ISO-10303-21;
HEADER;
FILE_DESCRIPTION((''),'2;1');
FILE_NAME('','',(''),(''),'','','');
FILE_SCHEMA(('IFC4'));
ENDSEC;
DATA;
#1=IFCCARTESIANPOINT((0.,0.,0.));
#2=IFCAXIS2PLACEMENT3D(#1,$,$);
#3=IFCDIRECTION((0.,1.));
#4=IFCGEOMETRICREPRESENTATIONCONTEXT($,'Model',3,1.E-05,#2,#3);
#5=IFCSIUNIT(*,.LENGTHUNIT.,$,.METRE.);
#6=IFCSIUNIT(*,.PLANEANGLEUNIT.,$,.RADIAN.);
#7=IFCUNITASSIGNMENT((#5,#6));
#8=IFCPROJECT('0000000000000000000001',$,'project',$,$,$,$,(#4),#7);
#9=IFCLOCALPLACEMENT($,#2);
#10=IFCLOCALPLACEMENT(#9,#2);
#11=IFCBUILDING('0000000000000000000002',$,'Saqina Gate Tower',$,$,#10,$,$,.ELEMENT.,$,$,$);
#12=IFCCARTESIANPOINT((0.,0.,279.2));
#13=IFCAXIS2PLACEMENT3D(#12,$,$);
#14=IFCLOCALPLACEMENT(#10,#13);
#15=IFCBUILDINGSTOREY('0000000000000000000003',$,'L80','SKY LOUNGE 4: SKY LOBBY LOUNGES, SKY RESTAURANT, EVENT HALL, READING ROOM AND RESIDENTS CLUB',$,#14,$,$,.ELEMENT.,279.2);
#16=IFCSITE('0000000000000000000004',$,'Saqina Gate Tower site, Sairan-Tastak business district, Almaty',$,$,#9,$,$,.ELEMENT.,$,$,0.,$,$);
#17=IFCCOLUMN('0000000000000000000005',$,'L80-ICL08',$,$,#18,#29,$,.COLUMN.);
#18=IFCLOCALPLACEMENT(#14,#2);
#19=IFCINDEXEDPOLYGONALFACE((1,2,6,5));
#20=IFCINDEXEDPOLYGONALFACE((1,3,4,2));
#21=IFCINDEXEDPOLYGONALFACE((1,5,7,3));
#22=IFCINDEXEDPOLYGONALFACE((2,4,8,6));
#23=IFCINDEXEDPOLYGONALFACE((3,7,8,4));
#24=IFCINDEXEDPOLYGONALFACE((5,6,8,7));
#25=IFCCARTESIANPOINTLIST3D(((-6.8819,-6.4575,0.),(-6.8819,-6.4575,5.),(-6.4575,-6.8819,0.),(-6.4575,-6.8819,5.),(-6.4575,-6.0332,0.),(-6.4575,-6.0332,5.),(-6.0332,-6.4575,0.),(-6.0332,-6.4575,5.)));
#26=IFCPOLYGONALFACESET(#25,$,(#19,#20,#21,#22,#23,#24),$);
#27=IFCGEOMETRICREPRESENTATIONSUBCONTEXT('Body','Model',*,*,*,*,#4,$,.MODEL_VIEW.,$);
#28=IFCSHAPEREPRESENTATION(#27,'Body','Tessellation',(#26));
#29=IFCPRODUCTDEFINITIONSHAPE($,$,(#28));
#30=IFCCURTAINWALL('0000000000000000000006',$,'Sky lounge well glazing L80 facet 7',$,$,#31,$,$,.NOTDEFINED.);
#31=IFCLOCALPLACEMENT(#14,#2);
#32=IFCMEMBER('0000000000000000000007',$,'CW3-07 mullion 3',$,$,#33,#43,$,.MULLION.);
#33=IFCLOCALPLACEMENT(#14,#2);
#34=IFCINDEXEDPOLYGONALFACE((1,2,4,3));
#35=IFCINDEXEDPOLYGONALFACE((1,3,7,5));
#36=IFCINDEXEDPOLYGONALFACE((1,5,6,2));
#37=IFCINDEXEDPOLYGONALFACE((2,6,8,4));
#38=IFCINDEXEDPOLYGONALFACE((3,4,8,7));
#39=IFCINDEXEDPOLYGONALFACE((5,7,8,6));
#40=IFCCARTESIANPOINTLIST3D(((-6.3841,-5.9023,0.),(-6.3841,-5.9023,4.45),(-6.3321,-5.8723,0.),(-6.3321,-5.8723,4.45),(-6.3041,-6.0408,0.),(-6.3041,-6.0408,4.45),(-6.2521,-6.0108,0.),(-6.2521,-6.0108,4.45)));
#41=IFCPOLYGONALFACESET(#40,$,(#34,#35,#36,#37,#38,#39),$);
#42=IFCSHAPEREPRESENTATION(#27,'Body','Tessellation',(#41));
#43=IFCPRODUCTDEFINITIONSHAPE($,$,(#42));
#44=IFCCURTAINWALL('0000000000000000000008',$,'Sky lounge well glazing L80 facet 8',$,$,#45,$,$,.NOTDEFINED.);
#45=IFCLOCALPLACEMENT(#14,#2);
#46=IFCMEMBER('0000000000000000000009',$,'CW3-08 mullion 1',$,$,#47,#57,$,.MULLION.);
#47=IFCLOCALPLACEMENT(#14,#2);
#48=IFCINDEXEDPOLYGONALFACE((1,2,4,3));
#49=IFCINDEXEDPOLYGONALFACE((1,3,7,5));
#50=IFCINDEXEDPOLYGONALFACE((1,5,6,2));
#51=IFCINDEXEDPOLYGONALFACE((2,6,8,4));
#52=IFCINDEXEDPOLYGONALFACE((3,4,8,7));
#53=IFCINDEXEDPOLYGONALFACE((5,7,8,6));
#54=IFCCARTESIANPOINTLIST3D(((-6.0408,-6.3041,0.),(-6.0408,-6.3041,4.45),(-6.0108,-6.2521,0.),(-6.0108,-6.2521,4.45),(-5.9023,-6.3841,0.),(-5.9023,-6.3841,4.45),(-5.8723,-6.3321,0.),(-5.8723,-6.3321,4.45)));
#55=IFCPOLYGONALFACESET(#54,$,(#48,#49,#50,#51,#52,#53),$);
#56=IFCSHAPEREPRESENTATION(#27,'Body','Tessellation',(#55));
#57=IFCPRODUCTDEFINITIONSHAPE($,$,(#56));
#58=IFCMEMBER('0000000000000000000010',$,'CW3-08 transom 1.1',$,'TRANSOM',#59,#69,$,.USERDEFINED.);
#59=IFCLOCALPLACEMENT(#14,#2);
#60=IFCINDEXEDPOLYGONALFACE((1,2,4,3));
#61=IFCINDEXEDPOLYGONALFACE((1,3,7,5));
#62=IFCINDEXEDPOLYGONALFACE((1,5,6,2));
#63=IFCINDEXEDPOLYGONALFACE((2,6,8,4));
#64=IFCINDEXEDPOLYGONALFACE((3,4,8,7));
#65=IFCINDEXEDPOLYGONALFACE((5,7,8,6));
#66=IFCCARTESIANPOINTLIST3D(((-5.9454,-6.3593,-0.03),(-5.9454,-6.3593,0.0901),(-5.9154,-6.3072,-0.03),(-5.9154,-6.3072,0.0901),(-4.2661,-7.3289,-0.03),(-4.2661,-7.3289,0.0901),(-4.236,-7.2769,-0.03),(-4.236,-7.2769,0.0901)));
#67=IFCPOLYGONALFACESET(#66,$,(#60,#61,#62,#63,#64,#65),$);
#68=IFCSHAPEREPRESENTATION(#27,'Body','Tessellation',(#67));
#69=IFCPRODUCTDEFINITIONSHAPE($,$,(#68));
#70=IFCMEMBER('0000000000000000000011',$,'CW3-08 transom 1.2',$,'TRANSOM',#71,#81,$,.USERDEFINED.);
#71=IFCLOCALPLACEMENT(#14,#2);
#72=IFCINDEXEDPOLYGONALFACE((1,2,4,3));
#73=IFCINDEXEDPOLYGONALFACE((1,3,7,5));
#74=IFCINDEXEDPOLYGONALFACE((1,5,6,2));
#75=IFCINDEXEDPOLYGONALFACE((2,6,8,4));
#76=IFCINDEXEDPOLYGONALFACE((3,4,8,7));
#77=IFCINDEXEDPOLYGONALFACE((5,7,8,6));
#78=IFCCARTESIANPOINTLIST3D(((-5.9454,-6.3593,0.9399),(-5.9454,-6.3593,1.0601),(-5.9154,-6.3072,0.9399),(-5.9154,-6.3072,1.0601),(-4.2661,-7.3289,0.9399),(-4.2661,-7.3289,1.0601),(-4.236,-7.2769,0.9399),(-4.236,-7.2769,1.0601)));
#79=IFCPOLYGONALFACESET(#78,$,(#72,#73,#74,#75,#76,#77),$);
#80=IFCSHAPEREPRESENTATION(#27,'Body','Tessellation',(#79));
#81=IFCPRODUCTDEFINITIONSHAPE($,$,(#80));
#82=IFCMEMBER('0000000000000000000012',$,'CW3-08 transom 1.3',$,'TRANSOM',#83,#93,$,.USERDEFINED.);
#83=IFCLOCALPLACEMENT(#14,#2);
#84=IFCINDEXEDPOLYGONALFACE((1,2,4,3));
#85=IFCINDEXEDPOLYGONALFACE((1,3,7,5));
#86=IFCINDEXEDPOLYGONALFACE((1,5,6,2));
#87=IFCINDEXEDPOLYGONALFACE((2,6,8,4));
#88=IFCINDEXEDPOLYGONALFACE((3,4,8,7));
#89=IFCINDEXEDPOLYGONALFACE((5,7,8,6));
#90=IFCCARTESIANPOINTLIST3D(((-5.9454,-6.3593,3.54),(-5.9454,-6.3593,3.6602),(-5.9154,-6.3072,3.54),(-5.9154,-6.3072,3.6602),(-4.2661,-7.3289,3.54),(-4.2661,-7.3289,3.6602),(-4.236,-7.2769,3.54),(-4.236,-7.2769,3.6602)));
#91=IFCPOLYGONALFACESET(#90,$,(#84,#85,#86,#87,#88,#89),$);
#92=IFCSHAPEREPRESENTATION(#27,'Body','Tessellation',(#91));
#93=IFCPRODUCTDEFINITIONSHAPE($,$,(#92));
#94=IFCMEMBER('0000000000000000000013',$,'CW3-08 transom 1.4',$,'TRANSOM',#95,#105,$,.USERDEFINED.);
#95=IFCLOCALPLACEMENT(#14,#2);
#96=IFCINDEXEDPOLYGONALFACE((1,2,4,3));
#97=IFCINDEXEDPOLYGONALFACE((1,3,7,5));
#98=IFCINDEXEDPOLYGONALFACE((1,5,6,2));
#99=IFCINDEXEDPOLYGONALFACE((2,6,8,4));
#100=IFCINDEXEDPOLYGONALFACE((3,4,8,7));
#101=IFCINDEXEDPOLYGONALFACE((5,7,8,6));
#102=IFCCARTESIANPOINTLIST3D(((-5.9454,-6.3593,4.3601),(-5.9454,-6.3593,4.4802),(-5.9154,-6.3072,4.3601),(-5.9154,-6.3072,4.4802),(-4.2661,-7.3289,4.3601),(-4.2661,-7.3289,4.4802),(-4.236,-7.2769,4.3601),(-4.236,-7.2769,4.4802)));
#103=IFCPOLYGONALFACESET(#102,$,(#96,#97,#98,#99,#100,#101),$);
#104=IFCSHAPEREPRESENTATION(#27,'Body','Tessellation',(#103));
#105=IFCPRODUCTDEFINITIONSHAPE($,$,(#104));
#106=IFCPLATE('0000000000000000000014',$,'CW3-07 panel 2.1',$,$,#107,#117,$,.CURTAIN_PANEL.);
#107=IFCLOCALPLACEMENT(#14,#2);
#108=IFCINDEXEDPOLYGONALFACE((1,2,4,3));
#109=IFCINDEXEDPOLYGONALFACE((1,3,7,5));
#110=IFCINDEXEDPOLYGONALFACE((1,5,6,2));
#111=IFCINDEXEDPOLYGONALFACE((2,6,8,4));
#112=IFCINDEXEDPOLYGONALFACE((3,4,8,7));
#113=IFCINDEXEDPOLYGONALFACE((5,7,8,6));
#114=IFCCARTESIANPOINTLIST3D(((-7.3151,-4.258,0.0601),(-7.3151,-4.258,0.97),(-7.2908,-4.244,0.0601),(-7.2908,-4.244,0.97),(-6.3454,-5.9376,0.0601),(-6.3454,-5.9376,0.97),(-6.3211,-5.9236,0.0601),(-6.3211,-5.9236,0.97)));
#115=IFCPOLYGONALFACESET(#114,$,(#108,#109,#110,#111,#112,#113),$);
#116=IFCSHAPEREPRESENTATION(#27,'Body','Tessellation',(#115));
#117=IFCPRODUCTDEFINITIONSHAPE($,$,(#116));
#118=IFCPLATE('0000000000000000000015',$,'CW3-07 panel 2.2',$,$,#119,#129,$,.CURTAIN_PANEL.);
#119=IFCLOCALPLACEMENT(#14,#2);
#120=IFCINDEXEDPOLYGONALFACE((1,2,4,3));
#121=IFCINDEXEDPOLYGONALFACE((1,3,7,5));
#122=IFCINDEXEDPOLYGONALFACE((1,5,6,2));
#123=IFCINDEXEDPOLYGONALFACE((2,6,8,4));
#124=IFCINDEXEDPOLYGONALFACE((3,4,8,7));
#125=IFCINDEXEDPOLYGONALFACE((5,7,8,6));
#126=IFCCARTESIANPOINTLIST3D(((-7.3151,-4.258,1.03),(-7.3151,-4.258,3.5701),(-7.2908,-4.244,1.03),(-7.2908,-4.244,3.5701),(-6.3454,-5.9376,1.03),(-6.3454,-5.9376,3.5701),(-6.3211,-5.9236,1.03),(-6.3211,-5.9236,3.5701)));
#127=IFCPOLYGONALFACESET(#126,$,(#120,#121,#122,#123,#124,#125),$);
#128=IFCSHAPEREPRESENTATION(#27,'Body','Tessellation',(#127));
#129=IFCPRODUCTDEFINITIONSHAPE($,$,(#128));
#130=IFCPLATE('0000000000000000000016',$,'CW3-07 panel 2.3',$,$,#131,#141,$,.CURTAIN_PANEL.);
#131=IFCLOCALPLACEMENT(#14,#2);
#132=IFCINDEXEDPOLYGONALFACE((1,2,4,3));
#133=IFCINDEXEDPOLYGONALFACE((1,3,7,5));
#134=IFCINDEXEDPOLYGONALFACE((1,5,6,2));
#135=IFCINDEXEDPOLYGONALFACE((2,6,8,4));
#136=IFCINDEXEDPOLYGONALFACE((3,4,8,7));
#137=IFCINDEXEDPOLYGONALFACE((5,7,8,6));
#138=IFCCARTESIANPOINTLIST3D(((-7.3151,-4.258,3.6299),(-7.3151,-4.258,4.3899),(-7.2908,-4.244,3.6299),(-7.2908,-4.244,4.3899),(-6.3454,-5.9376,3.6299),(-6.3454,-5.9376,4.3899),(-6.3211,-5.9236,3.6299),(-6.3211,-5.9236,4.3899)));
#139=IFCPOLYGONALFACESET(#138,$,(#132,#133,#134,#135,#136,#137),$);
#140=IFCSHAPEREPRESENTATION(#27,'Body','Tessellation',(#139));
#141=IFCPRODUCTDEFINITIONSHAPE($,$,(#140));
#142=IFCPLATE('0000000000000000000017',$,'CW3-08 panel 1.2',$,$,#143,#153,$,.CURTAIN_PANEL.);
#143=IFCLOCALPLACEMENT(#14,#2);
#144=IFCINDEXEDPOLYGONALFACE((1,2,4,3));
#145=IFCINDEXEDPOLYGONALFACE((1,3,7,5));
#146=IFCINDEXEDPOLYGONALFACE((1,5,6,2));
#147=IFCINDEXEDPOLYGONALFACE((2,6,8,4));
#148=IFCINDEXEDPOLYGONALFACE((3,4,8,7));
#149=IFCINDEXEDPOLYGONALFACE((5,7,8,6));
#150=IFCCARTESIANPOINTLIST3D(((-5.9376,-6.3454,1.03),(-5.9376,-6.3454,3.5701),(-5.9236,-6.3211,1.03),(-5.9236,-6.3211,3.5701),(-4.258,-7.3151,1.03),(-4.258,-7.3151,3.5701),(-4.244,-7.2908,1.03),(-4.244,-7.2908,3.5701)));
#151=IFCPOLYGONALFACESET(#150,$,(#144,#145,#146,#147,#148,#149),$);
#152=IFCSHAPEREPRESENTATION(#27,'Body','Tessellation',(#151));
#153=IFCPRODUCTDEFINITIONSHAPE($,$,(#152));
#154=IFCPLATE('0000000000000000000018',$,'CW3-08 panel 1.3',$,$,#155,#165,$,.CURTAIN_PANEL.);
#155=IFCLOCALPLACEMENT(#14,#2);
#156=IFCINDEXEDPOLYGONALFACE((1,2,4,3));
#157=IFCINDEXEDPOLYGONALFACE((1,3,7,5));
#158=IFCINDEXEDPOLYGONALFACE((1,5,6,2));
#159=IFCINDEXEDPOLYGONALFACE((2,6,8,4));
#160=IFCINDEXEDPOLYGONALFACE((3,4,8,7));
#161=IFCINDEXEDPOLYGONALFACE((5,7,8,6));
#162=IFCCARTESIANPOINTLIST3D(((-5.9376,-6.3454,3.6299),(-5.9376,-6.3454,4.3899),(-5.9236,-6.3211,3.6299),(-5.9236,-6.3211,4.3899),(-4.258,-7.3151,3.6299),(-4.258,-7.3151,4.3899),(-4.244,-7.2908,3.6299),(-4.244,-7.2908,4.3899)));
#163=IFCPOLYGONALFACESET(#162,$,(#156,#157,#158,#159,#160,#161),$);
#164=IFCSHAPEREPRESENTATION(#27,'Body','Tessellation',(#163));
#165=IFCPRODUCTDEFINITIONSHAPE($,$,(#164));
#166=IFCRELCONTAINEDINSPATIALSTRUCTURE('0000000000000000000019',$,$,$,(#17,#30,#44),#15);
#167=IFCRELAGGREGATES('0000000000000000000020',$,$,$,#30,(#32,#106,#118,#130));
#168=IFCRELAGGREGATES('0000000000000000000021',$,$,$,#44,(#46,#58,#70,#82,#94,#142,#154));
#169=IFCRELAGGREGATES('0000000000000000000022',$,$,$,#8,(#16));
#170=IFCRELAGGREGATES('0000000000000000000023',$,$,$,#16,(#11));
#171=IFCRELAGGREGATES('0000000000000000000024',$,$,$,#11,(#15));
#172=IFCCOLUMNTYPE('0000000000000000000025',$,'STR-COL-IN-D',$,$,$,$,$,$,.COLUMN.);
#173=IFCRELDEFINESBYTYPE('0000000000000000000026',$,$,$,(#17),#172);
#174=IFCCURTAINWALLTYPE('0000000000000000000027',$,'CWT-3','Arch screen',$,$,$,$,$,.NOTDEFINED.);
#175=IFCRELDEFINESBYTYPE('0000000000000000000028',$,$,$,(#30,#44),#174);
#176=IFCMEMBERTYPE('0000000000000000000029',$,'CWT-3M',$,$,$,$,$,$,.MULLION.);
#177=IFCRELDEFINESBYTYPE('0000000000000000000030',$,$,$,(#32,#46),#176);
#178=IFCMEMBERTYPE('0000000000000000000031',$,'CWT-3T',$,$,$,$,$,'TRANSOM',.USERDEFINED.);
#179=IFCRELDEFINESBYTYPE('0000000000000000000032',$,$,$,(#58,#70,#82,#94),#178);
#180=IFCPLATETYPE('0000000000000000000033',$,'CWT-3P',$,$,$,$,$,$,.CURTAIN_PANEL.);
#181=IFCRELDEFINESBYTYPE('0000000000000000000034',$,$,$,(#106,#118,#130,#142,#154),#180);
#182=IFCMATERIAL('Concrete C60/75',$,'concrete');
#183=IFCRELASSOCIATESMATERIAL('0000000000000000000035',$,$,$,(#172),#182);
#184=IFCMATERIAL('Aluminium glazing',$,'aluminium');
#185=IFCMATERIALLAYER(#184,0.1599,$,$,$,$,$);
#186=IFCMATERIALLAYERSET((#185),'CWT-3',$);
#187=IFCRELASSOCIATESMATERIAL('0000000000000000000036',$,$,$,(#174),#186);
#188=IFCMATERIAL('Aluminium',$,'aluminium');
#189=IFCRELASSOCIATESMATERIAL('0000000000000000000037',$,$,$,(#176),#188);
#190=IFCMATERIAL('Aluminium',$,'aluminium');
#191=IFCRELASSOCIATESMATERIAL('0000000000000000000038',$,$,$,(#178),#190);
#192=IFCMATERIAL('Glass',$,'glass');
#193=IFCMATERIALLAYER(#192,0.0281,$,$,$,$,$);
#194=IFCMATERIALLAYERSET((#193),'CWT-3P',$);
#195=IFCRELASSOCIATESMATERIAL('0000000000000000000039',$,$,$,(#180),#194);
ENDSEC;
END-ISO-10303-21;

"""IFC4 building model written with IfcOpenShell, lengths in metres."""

from ifc_helpers import new_model, si_unit, direction, frame, origin, origin_2d, place, context, subcontext, project, spatial, rectangle, extrude, material, layer, layer_set, material_profile, profile_set, type_object, element, aggregate, save


model = new_model("IFC4")

# Units and contexts
model_context = context("Model", 3, precision=1e-05, world=origin(), true_north=direction((0.0, 1.0)))
body_context = subcontext(model_context, "Body", "Model", "MODEL_VIEW")
ifc_project = project(units=[si_unit("LENGTHUNIT", "METRE"), si_unit("PLANEANGLEUNIT", "RADIAN")], contexts=[model_context])

# Site, building, storey
site_placement = place(None, origin())
site = spatial("IfcSite", under=ifc_project, at=site_placement, Name="Saqina Gate Tower site, Sairan-Tastak business district, Almaty", CompositionType="ELEMENT", RefElevation=0.0)
building_placement = place(site_placement, origin())
building = spatial("IfcBuilding", under=site, at=building_placement, Name="Saqina Gate Tower", CompositionType="ELEMENT")
storey_placement = place(building_placement, frame((0.0, 0.0, 279.2)))
storey = spatial("IfcBuildingStorey", under=building, at=storey_placement, Name="L80", Description="SKY LOUNGE 4: SKY LOBBY LOUNGES, SKY RESTAURANT, EVENT HALL, READING ROOM AND RESIDENTS CLUB", CompositionType="ELEMENT", Elevation=279.2)

# Column
ifc_material_1 = material(Name="Concrete C60/75", Category="concrete")
ifc_material_profile_1 = material_profile(ifc_material_1, rectangle(XDim=0.6001, YDim=0.6001, at=origin_2d()), Name="RC 600x600")
ifc_profile_set_1 = profile_set([ifc_material_profile_1], Name="Concrete C60/75")
column_type = type_object("IfcColumnType", Name="STR-COL-IN-D", PredefinedType="COLUMN", material=ifc_profile_set_1)
column_placement = place(storey_placement, frame((-6.4575, -6.4575, 0.0), z_axis=(0.0, 0.0, 1.0), x_axis=(-0.707107, -0.707107, 0.0)))
element("IfcColumn", 1, at=column_placement, inside=storey, type_object=column_type, Name="L80-ICL08", PredefinedType="COLUMN", context=body_context, shape_type="SweptSolid", body=[
    extrude(rectangle(XDim=0.6001, YDim=0.6001, at=origin_2d()), origin(), (0.0, 0.0, 1.0), 5.0),
])

# Curtain wall, member
ifc_material_2 = material(Name="Aluminium glazing", Category="aluminium")
ifc_layer_1 = layer(ifc_material_2, 0.1599)
ifc_layer_set_1 = layer_set([ifc_layer_1], Name="CWT-3")
curtain_wall_type = type_object("IfcCurtainWallType", Name="CWT-3", Description="Arch screen", PredefinedType="NOTDEFINED", material=ifc_layer_set_1)
curtain_wall_1_placement = place(storey_placement, origin())
curtain_wall_1 = element("IfcCurtainWall", 2, at=curtain_wall_1_placement, inside=storey, type_object=curtain_wall_type, Name="Sky lounge well glazing L80 facet 7", PredefinedType="NOTDEFINED")
ifc_material_3 = material(Name="Aluminium", Category="aluminium")
ifc_material_profile_2 = material_profile(ifc_material_3, rectangle(XDim=0.0601, YDim=0.1599, at=origin_2d()), Name="Aluminium 60x160")
ifc_profile_set_2 = profile_set([ifc_material_profile_2], Name="Aluminium")
member_type_1 = type_object("IfcMemberType", Name="CWT-3M", PredefinedType="MULLION", material=ifc_profile_set_2)
member_1_placement = place(storey_placement, frame((-6.3181, -5.9565, 0.0), z_axis=(0.0, 0.0, 1.0), x_axis=(0.866024, 0.500003, 0.0)))
member_1 = element("IfcMember", 3, at=member_1_placement, type_object=member_type_1, Name="CW3-07 mullion 3", PredefinedType="MULLION", context=body_context, shape_type="SweptSolid", body=[
    extrude(rectangle(XDim=0.0601, YDim=0.1599, at=origin_2d()), origin(), (0.0, 0.0, 1.0), 4.45),
])

# Curtain wall, members
curtain_wall_2_placement = place(storey_placement, origin())
curtain_wall_2 = element("IfcCurtainWall", 4, at=curtain_wall_2_placement, inside=storey, type_object=curtain_wall_type, Name="Sky lounge well glazing L80 facet 8", PredefinedType="NOTDEFINED")
member_2_placement = place(storey_placement, frame((-5.9565, -6.3181, 0.0), z_axis=(0.0, 0.0, 1.0), x_axis=(0.500003, 0.866024, 0.0)))
member_2 = element("IfcMember", 5, at=member_2_placement, type_object=member_type_1, Name="CW3-08 mullion 1", PredefinedType="MULLION", context=body_context, shape_type="SweptSolid", body=[
    extrude(rectangle(XDim=0.0601, YDim=0.1599, at=origin_2d()), origin(), (0.0, 0.0, 1.0), 4.45),
])
ifc_material_4 = material(Name="Aluminium", Category="aluminium")
ifc_material_profile_3 = material_profile(ifc_material_4, rectangle(XDim=0.0601, YDim=0.1201, at=origin_2d()), Name="Aluminium 60x120")
ifc_profile_set_3 = profile_set([ifc_material_profile_3], Name="Aluminium")
member_type_2 = type_object("IfcMemberType", Name="CWT-3T", ElementType="TRANSOM", PredefinedType="USERDEFINED", material=ifc_profile_set_3)
member_3_placement = place(storey_placement, frame((-5.9304, -6.3333, 0.03), z_axis=(0.866003, -0.500038, 0.0), x_axis=(0.500038, 0.866003, 0.0)))
member_3 = element("IfcMember", 6, at=member_3_placement, type_object=member_type_2, Name="CW3-08 transom 1.1", ObjectType="TRANSOM", PredefinedType="USERDEFINED", context=body_context, shape_type="SweptSolid", body=[
    extrude(rectangle(XDim=0.0601, YDim=0.1201, at=origin_2d()), origin(), (0.0, 0.0, 1.0), 1.9392),
])
member_4_placement = place(storey_placement, frame((-5.9304, -6.3333, 1.0), z_axis=(0.866003, -0.500038, 0.0), x_axis=(0.500038, 0.866003, 0.0)))
member_4 = element("IfcMember", 7, at=member_4_placement, type_object=member_type_2, Name="CW3-08 transom 1.2", ObjectType="TRANSOM", PredefinedType="USERDEFINED", context=body_context, shape_type="SweptSolid", body=[
    extrude(rectangle(XDim=0.0601, YDim=0.1201, at=origin_2d()), origin(), (0.0, 0.0, 1.0), 1.9392),
])
member_5_placement = place(storey_placement, frame((-5.9304, -6.3333, 3.6001), z_axis=(0.866003, -0.500038, 0.0), x_axis=(0.500038, 0.866003, 0.0)))
member_5 = element("IfcMember", 8, at=member_5_placement, type_object=member_type_2, Name="CW3-08 transom 1.3", ObjectType="TRANSOM", PredefinedType="USERDEFINED", context=body_context, shape_type="SweptSolid", body=[
    extrude(rectangle(XDim=0.0601, YDim=0.1201, at=origin_2d()), origin(), (0.0, 0.0, 1.0), 1.9392),
])
member_6_placement = place(storey_placement, frame((-5.9304, -6.3333, 4.4202), z_axis=(0.866003, -0.500038, 0.0), x_axis=(0.500038, 0.866003, 0.0)))
member_6 = element("IfcMember", 9, at=member_6_placement, type_object=member_type_2, Name="CW3-08 transom 1.4", ObjectType="TRANSOM", PredefinedType="USERDEFINED", context=body_context, shape_type="SweptSolid", body=[
    extrude(rectangle(XDim=0.0601, YDim=0.1201, at=origin_2d()), origin(), (0.0, 0.0, 1.0), 1.9392),
])

# Plates
ifc_material_5 = material(Name="Glass", Category="glass")
ifc_layer_2 = layer(ifc_material_5, 0.0281)
ifc_layer_set_2 = layer_set([ifc_layer_2], Name="CWT-3P")
plate_type = type_object("IfcPlateType", Name="CWT-3P", PredefinedType="CURTAIN_PANEL", material=ifc_layer_set_2)
plate_1_placement = place(storey_placement, frame((-6.8181, -5.0908, 0.0601), z_axis=(0.0, 0.0, 1.0), x_axis=(0.500003, -0.866024, 0.0)))
plate_1 = element("IfcPlate", 10, at=plate_1_placement, type_object=plate_type, Name="CW3-07 panel 2.1", PredefinedType="CURTAIN_PANEL", context=body_context, shape_type="SweptSolid", body=[
    extrude(rectangle(XDim=1.9395, YDim=0.0281, at=origin_2d()), origin(), (0.0, 0.0, 1.0), 0.9099),
])
plate_2_placement = place(storey_placement, frame((-6.8181, -5.0908, 1.03), z_axis=(0.0, 0.0, 1.0), x_axis=(0.500003, -0.866024, 0.0)))
plate_2 = element("IfcPlate", 11, at=plate_2_placement, type_object=plate_type, Name="CW3-07 panel 2.2", PredefinedType="CURTAIN_PANEL", context=body_context, shape_type="SweptSolid", body=[
    extrude(rectangle(XDim=1.9395, YDim=0.0281, at=origin_2d()), origin(), (0.0, 0.0, 1.0), 2.54),
])
plate_3_placement = place(storey_placement, frame((-6.8181, -5.0908, 3.6299), z_axis=(0.0, 0.0, 1.0), x_axis=(0.500003, -0.866024, 0.0)))
plate_3 = element("IfcPlate", 12, at=plate_3_placement, type_object=plate_type, Name="CW3-07 panel 2.3", PredefinedType="CURTAIN_PANEL", context=body_context, shape_type="SweptSolid", body=[
    extrude(rectangle(XDim=1.9395, YDim=0.0281, at=origin_2d()), origin(), (0.0, 0.0, 1.0), 0.76),
])
aggregate(curtain_wall_1, [member_1, plate_1, plate_2, plate_3])
plate_4_placement = place(storey_placement, frame((-5.0908, -6.8181, 1.03), z_axis=(0.0, 0.0, 1.0), x_axis=(0.866024, -0.500003, 0.0)))
plate_4 = element("IfcPlate", 13, at=plate_4_placement, type_object=plate_type, Name="CW3-08 panel 1.2", PredefinedType="CURTAIN_PANEL", context=body_context, shape_type="SweptSolid", body=[
    extrude(rectangle(XDim=1.9395, YDim=0.0281, at=origin_2d()), origin(), (0.0, 0.0, 1.0), 2.54),
])
plate_5_placement = place(storey_placement, frame((-5.0908, -6.8181, 3.6299), z_axis=(0.0, 0.0, 1.0), x_axis=(0.866024, -0.500003, 0.0)))
plate_5 = element("IfcPlate", 14, at=plate_5_placement, type_object=plate_type, Name="CW3-08 panel 1.3", PredefinedType="CURTAIN_PANEL", context=body_context, shape_type="SweptSolid", body=[
    extrude(rectangle(XDim=1.9395, YDim=0.0281, at=origin_2d()), origin(), (0.0, 0.0, 1.0), 0.76),
])
aggregate(curtain_wall_2, [member_2, member_3, member_4, member_5, member_6, plate_4, plate_5])

save(model, "model.ifc")
